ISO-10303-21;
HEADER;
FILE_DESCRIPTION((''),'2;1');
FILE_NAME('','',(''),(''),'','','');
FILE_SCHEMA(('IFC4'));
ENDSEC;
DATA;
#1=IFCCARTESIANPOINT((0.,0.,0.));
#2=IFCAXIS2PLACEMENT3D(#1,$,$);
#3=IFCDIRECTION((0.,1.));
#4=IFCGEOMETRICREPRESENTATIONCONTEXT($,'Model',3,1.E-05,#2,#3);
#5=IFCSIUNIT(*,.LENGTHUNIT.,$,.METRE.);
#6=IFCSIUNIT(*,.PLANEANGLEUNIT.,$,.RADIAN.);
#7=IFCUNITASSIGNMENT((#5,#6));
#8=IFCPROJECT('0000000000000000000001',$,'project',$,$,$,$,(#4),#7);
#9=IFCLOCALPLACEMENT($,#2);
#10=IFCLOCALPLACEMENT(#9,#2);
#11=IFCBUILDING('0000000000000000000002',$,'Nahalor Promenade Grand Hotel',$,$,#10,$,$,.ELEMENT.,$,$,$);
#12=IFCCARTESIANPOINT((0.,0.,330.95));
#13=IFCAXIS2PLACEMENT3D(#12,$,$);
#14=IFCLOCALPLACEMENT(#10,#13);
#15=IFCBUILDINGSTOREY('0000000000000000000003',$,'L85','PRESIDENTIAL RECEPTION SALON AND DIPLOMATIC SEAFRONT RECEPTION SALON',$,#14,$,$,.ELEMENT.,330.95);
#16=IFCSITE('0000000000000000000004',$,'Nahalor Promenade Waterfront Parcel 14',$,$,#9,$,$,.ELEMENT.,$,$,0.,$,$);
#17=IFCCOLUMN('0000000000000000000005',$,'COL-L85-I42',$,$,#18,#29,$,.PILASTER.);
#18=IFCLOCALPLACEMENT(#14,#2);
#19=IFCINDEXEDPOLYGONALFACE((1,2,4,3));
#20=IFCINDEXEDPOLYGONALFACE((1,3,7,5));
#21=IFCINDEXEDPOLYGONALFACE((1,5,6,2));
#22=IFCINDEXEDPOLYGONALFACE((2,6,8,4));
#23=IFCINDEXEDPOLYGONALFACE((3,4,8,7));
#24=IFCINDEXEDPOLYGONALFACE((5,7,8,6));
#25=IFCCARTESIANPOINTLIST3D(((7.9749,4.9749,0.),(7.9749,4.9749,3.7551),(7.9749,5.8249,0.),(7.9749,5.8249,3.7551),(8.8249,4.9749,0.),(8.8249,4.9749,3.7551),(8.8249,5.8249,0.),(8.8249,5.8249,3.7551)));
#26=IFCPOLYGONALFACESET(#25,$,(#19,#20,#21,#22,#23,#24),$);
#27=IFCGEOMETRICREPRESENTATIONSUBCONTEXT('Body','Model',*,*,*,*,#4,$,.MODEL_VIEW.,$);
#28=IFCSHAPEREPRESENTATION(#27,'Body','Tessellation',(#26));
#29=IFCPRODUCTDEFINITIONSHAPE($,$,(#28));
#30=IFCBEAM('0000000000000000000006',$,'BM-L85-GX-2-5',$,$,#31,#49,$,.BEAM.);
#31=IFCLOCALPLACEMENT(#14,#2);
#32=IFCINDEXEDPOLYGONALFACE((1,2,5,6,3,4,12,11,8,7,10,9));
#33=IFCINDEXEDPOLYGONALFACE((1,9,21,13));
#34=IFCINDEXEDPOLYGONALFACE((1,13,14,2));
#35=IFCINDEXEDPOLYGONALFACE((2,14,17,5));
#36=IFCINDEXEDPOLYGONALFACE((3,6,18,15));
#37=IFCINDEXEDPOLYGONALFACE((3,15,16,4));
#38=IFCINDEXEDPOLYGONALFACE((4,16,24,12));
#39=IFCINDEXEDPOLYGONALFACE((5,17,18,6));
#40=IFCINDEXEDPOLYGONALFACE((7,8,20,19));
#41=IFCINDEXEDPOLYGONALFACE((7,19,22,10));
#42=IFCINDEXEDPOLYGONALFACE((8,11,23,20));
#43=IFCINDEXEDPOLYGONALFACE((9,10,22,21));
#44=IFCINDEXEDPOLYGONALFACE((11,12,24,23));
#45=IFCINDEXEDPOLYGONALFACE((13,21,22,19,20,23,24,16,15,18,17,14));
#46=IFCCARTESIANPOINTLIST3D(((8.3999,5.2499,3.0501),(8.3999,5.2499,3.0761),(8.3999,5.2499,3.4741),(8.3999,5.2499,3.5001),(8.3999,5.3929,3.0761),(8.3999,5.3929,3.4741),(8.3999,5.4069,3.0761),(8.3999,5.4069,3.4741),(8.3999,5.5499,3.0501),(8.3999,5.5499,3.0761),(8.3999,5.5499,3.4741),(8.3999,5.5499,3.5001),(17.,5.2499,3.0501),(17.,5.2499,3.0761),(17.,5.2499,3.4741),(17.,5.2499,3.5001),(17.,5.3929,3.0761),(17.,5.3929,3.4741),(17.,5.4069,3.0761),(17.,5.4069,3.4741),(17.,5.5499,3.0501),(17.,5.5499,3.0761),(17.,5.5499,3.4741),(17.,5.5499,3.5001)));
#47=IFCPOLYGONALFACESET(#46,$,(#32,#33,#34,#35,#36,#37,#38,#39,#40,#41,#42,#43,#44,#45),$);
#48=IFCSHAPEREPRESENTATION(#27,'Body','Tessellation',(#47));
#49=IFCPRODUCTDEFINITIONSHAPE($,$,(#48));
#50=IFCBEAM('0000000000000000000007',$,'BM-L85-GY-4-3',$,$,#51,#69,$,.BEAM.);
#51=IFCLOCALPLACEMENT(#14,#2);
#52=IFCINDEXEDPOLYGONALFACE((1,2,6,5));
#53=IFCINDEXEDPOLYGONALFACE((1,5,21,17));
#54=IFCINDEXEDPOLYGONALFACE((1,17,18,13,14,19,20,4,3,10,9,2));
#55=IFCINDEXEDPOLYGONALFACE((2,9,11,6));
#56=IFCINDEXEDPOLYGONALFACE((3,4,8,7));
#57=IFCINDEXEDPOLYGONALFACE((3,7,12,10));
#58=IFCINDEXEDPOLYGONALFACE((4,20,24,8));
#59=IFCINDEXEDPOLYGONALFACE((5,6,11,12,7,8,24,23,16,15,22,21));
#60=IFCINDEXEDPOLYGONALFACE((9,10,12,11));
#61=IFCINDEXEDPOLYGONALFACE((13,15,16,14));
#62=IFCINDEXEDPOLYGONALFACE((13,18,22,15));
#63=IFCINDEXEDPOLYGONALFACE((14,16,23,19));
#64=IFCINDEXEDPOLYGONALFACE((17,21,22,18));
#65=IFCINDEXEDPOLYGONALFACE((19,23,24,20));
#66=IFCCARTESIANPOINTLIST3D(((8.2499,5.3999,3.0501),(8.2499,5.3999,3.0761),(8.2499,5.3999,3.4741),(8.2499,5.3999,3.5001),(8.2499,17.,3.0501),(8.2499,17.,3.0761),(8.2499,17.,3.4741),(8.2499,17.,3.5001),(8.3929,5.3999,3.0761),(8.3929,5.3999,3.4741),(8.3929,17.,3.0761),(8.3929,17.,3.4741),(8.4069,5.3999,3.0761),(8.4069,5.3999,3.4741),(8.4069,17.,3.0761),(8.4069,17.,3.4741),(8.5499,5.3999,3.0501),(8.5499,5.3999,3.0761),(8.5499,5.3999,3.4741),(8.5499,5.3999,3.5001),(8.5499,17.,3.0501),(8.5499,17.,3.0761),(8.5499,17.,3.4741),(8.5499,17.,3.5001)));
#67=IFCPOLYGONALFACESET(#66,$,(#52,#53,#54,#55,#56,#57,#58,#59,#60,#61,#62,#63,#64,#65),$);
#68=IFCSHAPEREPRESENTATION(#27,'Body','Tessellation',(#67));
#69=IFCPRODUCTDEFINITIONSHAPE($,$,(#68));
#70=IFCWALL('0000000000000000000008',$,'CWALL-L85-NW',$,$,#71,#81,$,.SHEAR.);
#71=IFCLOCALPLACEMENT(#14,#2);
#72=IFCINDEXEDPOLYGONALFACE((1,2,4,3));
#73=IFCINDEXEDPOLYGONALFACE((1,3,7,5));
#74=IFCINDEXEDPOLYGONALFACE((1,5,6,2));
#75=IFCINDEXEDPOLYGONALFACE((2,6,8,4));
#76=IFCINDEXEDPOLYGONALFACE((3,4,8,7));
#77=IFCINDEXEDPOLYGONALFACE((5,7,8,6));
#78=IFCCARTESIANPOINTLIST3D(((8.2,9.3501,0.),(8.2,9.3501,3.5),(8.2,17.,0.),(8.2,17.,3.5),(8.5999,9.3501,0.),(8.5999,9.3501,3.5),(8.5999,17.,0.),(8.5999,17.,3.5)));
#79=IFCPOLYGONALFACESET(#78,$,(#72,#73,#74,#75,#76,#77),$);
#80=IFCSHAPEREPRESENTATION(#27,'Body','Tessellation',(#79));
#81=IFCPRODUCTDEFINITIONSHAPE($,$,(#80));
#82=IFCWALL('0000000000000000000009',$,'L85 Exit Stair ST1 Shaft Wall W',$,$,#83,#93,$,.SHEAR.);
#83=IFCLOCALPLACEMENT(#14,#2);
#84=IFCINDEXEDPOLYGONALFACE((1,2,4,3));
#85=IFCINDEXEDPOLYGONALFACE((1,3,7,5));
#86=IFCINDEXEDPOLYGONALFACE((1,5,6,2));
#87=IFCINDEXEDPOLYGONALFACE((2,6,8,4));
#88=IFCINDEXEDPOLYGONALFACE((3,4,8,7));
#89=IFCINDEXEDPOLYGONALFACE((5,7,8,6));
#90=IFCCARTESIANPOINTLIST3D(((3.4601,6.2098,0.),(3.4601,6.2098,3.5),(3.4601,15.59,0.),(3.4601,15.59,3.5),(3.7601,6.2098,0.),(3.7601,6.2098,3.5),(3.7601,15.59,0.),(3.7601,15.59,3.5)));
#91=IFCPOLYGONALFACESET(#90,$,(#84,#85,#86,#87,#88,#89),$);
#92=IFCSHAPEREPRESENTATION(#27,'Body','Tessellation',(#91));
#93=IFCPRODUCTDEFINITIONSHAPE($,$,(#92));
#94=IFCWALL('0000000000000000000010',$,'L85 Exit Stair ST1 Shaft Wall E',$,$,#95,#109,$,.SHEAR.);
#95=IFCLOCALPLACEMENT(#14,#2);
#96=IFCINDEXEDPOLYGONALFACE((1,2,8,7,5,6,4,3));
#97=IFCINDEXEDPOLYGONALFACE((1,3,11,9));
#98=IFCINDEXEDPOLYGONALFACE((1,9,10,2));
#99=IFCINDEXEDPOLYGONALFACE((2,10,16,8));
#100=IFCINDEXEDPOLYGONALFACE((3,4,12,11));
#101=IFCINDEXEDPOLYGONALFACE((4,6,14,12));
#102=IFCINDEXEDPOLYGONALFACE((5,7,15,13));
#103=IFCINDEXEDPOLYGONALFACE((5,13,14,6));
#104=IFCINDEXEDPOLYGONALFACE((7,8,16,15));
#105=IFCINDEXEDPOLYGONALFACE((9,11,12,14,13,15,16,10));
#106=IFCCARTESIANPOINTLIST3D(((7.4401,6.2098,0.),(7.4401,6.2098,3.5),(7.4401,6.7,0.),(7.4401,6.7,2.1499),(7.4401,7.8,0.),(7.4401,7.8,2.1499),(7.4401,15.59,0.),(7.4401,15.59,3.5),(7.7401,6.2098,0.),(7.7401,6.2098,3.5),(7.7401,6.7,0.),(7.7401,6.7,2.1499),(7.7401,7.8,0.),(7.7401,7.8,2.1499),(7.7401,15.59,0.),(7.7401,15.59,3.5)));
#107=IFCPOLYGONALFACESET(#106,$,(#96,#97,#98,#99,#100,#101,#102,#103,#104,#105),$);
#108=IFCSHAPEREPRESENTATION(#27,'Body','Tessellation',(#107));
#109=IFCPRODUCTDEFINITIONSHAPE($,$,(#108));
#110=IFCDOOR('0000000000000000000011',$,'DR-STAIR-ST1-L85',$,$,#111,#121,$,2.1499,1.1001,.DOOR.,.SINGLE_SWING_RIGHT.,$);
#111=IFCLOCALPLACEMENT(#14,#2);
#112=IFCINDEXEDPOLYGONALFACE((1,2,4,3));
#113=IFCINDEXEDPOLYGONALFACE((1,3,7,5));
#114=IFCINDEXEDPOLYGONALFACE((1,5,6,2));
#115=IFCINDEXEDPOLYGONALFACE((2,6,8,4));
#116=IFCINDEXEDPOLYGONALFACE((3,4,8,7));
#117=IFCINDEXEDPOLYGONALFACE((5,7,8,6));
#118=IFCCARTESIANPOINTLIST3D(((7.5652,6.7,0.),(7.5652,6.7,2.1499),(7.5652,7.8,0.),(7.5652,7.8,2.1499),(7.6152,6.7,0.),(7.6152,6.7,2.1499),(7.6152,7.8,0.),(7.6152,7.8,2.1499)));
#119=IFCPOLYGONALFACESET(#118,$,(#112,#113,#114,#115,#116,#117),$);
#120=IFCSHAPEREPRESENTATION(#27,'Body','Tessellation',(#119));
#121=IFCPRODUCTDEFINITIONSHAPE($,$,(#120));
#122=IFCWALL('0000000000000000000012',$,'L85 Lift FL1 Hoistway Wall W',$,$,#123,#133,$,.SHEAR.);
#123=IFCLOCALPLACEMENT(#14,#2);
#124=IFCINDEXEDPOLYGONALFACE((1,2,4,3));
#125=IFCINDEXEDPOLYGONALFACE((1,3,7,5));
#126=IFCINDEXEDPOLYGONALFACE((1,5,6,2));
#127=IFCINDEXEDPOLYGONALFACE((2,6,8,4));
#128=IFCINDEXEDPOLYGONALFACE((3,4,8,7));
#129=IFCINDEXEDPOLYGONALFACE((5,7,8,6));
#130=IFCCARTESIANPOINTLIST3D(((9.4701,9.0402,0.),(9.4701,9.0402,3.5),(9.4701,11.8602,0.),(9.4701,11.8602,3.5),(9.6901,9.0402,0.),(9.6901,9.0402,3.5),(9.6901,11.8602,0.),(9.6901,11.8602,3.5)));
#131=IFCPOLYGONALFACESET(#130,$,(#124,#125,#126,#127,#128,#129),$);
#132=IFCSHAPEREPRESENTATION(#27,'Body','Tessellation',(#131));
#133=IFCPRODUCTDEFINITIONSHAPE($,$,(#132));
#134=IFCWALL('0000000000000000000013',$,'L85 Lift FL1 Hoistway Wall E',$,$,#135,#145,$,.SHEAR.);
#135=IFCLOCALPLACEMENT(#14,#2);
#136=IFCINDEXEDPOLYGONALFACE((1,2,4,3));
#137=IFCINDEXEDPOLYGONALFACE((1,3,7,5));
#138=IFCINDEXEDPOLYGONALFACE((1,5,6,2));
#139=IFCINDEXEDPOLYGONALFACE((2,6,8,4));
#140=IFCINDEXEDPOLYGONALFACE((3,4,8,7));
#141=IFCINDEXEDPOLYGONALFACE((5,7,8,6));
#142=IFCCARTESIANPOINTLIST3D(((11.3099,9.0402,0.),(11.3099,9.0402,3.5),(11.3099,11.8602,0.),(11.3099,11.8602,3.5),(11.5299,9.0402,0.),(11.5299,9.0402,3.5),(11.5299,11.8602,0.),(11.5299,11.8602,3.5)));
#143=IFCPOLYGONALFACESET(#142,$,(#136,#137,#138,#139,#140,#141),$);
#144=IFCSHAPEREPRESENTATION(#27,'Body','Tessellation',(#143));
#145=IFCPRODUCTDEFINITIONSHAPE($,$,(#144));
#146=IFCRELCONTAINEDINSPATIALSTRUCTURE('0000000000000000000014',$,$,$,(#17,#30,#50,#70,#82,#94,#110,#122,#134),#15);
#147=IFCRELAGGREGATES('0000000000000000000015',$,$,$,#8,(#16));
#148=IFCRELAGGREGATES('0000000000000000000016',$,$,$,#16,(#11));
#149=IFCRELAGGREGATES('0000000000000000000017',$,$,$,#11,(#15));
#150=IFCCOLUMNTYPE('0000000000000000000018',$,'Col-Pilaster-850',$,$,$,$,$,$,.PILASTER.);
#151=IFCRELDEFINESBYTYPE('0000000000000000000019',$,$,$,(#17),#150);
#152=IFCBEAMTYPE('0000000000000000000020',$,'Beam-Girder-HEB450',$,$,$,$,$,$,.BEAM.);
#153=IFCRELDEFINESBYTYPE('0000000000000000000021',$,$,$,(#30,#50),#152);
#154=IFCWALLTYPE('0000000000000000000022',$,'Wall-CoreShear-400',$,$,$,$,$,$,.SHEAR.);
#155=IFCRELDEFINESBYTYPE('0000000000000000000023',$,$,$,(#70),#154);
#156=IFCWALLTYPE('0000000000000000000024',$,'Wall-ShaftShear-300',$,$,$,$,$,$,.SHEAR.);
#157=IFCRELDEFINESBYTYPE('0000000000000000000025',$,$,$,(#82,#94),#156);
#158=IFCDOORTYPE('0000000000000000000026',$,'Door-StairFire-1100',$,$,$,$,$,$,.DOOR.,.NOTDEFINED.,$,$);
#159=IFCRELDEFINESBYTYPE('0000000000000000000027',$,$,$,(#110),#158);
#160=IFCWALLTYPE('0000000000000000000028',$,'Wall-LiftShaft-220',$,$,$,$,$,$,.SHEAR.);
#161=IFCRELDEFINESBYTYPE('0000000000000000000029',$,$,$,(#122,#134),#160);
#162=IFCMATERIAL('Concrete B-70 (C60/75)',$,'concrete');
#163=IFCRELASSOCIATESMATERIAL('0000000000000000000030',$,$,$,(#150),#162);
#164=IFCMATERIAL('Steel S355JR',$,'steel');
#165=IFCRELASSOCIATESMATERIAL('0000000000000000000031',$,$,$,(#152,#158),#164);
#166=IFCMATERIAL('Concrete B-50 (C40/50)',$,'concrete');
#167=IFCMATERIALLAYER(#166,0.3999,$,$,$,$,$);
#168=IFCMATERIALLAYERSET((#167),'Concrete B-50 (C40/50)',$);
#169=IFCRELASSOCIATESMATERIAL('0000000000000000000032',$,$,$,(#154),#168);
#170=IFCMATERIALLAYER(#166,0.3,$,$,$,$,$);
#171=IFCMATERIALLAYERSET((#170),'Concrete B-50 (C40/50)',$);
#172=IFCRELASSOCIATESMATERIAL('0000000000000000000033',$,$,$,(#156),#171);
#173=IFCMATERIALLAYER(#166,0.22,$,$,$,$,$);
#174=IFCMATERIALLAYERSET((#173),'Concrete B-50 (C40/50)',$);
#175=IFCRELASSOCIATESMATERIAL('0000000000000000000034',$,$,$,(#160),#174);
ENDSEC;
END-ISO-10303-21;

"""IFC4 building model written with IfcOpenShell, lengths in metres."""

from ifc_helpers import new_model, si_unit, direction, frame, frame_2d, origin, origin_2d, place, context, subcontext, project, spatial, rectangle, i_section, extrude, source, transform, mapped, material, layer, layer_set, material_profile, profile_set, type_object, element, fill, save


model = new_model("IFC4")

# Units and contexts
model_context = context("Model", 3, precision=1e-05, world=origin(), true_north=direction((0.0, 1.0)))
body_context = subcontext(model_context, "Body", "Model", "MODEL_VIEW")
ifc_project = project(units=[si_unit("LENGTHUNIT", "METRE"), si_unit("PLANEANGLEUNIT", "RADIAN")], contexts=[model_context])

# Site, building, storey
site_placement = place(None, origin())
site = spatial("IfcSite", under=ifc_project, at=site_placement, Name="Nahalor Promenade Waterfront Parcel 14", CompositionType="ELEMENT", RefElevation=0.0)
building_placement = place(site_placement, origin())
building = spatial("IfcBuilding", under=site, at=building_placement, Name="Nahalor Promenade Grand Hotel", CompositionType="ELEMENT")
storey_placement = place(building_placement, frame((0.0, 0.0, 330.95)))
storey = spatial("IfcBuildingStorey", under=building, at=storey_placement, Name="L85", Description="PRESIDENTIAL RECEPTION SALON AND DIPLOMATIC SEAFRONT RECEPTION SALON", CompositionType="ELEMENT", Elevation=330.95)

# Column
ifc_material_1 = material(Name="Concrete B-70 (C60/75)", Category="concrete")
ifc_material_profile_1 = material_profile(ifc_material_1, rectangle(XDim=0.85, YDim=0.85, at=origin_2d()), Name="RC 850x850")
ifc_profile_set_1 = profile_set([ifc_material_profile_1], Name="Concrete B-70 (C60/75)")
column_type = type_object("IfcColumnType", Name="Col-Pilaster-850", PredefinedType="PILASTER", material=ifc_profile_set_1)
shared_shape_1 = source(origin(), body_context, "Body", "SweptSolid", [
    extrude(rectangle(XDim=0.85, YDim=0.85, at=origin_2d()), origin(), (0.0, 0.0, 1.0), 3.7551),
])
column_placement = place(storey_placement, frame((8.3999, 5.3999, 0.0), z_axis=(0.0, 0.0, 1.0), x_axis=(1.0, 0.0, 0.0)))
element("IfcColumn", 1, at=column_placement, inside=storey, type_object=column_type, Name="COL-L85-I42", PredefinedType="PILASTER", context=body_context, shape_type="MappedRepresentation", body=[
    mapped(shared_shape_1, transform((0.0, 0.0, 0.0), scale=1.0)),
])

# Beams
ifc_material_2 = material(Name="Steel S355JR", Category="steel")
ifc_material_profile_2 = material_profile(ifc_material_2, i_section(OverallWidth=0.3, OverallDepth=0.45, WebThickness=0.014, FlangeThickness=0.026, at=origin_2d()), Name="HEB 450")
ifc_profile_set_2 = profile_set([ifc_material_profile_2], Name="Steel S355JR")
beam_type = type_object("IfcBeamType", Name="Beam-Girder-HEB450", PredefinedType="BEAM", material=ifc_profile_set_2)
shared_shape_2 = source(origin(), body_context, "Body", "SweptSolid", [
    extrude(i_section(OverallWidth=0.3, OverallDepth=0.45, WebThickness=0.014, FlangeThickness=0.026, at=origin_2d()), origin(), (0.0, 0.0, 1.0), 8.6001),
])
beam_1_placement = place(storey_placement, frame((8.3999, 5.3999, 3.2751), z_axis=(1.0, 0.0, 0.0), x_axis=(0.0, 1.0, 0.0)))
element("IfcBeam", 2, at=beam_1_placement, inside=storey, type_object=beam_type, Name="BM-L85-GX-2-5", PredefinedType="BEAM", context=body_context, shape_type="MappedRepresentation", body=[
    mapped(shared_shape_2, transform((0.0, 0.0, 0.0), scale=1.0)),
])
shared_shape_3 = source(origin(), body_context, "Body", "SweptSolid", [
    extrude(i_section(OverallWidth=0.3, OverallDepth=0.45, WebThickness=0.014, FlangeThickness=0.026, at=origin_2d()), origin(), (0.0, 0.0, 1.0), 11.6001),
])
beam_2_placement = place(storey_placement, frame((8.3999, 5.3999, 3.2751), z_axis=(0.0, 1.0, 0.0), x_axis=(-1.0, 0.0, 0.0)))
element("IfcBeam", 3, at=beam_2_placement, inside=storey, type_object=beam_type, Name="BM-L85-GY-4-3", PredefinedType="BEAM", context=body_context, shape_type="MappedRepresentation", body=[
    mapped(shared_shape_3, transform((0.0, 0.0, 0.0), scale=1.0)),
])

# Walls
ifc_material_3 = material(Name="Concrete B-50 (C40/50)", Category="concrete")
ifc_layer_1 = layer(ifc_material_3, 0.3999)
ifc_layer_set_1 = layer_set([ifc_layer_1], Name="Concrete B-50 (C40/50)")
wall_type_1 = type_object("IfcWallType", Name="Wall-CoreShear-400", PredefinedType="SHEAR", material=ifc_layer_set_1)
shared_shape_4 = source(origin(), body_context, "Body", "SweptSolid", [
    extrude(rectangle(XDim=7.6499, YDim=0.3999, at=frame_2d((3.825, 0.0))), origin(), (0.0, 0.0, 1.0), 3.5),
])
wall_1_placement = place(storey_placement, frame((8.3999, 9.3501, 0.0), z_axis=(0.0, 0.0, 1.0), x_axis=(0.0, 1.0, 0.0)))
element("IfcWall", 4, at=wall_1_placement, inside=storey, type_object=wall_type_1, Name="CWALL-L85-NW", PredefinedType="SHEAR", context=body_context, shape_type="MappedRepresentation", body=[
    mapped(shared_shape_4, transform((0.0, 0.0, 0.0), scale=1.0)),
])
ifc_layer_2 = layer(ifc_material_3, 0.3)
ifc_layer_set_2 = layer_set([ifc_layer_2], Name="Concrete B-50 (C40/50)")
wall_type_2 = type_object("IfcWallType", Name="Wall-ShaftShear-300", PredefinedType="SHEAR", material=ifc_layer_set_2)
shared_shape_5 = source(origin(), body_context, "Body", "SweptSolid", [
    extrude(rectangle(XDim=9.3801, YDim=0.3, at=frame_2d((4.6899, 0.0))), origin(), (0.0, 0.0, 1.0), 3.5),
])
wall_2_placement = place(storey_placement, frame((3.6101, 6.21, 0.0), z_axis=(0.0, 0.0, 1.0), x_axis=(0.0, 1.0, 0.0)))
element("IfcWall", 5, at=wall_2_placement, inside=storey, type_object=wall_type_2, Name="L85 Exit Stair ST1 Shaft Wall W", PredefinedType="SHEAR", context=body_context, shape_type="MappedRepresentation", body=[
    mapped(shared_shape_5, transform((0.0, 0.0, 0.0), scale=1.0)),
])

# Wall, opening, door
wall_3_placement = place(storey_placement, frame((7.5901, 6.21, 0.0), z_axis=(0.0, 0.0, 1.0), x_axis=(0.0, 1.0, 0.0)))
wall_3 = element("IfcWall", 6, at=wall_3_placement, inside=storey, type_object=wall_type_2, Name="L85 Exit Stair ST1 Shaft Wall E", PredefinedType="SHEAR", context=body_context, shape_type="MappedRepresentation", body=[
    mapped(shared_shape_5, transform((0.0, 0.0, 0.0), scale=1.0)),
])
opening_1_placement = place(wall_3_placement, frame((0.49, 0.0, 0.0)))
opening_1 = element("IfcOpeningElement", 7, at=opening_1_placement, cuts=wall_3, PredefinedType="OPENING", context=body_context, shape_type="SweptSolid", body=[
    extrude(rectangle(XDim=1.1001, YDim=2.1499, at=frame_2d((0.55, 1.075))), frame((0.0, 0.1599, 0.0), z_axis=(0.0, -1.0, 0.0), x_axis=(1.0, 0.0, 0.0)), (0.0, 0.0, 1.0), 0.3201),
])
door_type_1 = type_object("IfcDoorType", Name="Door-StairFire-1100", OperationType="NOTDEFINED", PredefinedType="DOOR", material=ifc_material_2)
shared_shape_6 = source(origin(), body_context, "Body", "SweptSolid", [
    extrude(rectangle(XDim=1.1001, YDim=2.1499, at=frame_2d((0.55, 1.075))), frame((0.0, 0.0249, 0.0), z_axis=(0.0, -1.0, 0.0), x_axis=(1.0, 0.0, 0.0)), (0.0, 0.0, 1.0), 0.05),
])
door_1_placement = place(opening_1_placement, origin())
door_1 = element("IfcDoor", 8, at=door_1_placement, inside=storey, type_object=door_type_1, Name="DR-STAIR-ST1-L85", OperationType="SINGLE_SWING_RIGHT", OverallHeight=2.1499, OverallWidth=1.1001, PredefinedType="DOOR", context=body_context, shape_type="MappedRepresentation", body=[
    mapped(shared_shape_6, transform((0.0, 0.0, 0.0), scale=1.0)),
])
fill(opening_1, door_1)

# Walls
ifc_layer_3 = layer(ifc_material_3, 0.22)
ifc_layer_set_3 = layer_set([ifc_layer_3], Name="Concrete B-50 (C40/50)")
wall_type_3 = type_object("IfcWallType", Name="Wall-LiftShaft-220", PredefinedType="SHEAR", material=ifc_layer_set_3)
shared_shape_7 = source(origin(), body_context, "Body", "SweptSolid", [
    extrude(rectangle(XDim=2.8201, YDim=0.22, at=frame_2d((1.4102, 0.0))), origin(), (0.0, 0.0, 1.0), 3.5),
])
for number, where, z_axis, x_axis, name in (
    (9, (9.5801, 9.04, 0.0), (0.0, 0.0, 1.0), (0.0, 1.0, 0.0), "L85 Lift FL1 Hoistway Wall W"),
    (10, (11.4199, 9.04, 0.0), (0.0, 0.0, 1.0), (0.0, 1.0, 0.0), "L85 Lift FL1 Hoistway Wall E"),
):
    element("IfcWall", number, at=place(storey_placement, frame(where, z_axis=z_axis, x_axis=x_axis)), inside=storey, type_object=wall_type_3, Name=name, PredefinedType="SHEAR", context=body_context, shape_type="MappedRepresentation", body=[
        mapped(shared_shape_7, transform((0.0, 0.0, 0.0), scale=1.0)),
    ])

save(model, "model.ifc")
